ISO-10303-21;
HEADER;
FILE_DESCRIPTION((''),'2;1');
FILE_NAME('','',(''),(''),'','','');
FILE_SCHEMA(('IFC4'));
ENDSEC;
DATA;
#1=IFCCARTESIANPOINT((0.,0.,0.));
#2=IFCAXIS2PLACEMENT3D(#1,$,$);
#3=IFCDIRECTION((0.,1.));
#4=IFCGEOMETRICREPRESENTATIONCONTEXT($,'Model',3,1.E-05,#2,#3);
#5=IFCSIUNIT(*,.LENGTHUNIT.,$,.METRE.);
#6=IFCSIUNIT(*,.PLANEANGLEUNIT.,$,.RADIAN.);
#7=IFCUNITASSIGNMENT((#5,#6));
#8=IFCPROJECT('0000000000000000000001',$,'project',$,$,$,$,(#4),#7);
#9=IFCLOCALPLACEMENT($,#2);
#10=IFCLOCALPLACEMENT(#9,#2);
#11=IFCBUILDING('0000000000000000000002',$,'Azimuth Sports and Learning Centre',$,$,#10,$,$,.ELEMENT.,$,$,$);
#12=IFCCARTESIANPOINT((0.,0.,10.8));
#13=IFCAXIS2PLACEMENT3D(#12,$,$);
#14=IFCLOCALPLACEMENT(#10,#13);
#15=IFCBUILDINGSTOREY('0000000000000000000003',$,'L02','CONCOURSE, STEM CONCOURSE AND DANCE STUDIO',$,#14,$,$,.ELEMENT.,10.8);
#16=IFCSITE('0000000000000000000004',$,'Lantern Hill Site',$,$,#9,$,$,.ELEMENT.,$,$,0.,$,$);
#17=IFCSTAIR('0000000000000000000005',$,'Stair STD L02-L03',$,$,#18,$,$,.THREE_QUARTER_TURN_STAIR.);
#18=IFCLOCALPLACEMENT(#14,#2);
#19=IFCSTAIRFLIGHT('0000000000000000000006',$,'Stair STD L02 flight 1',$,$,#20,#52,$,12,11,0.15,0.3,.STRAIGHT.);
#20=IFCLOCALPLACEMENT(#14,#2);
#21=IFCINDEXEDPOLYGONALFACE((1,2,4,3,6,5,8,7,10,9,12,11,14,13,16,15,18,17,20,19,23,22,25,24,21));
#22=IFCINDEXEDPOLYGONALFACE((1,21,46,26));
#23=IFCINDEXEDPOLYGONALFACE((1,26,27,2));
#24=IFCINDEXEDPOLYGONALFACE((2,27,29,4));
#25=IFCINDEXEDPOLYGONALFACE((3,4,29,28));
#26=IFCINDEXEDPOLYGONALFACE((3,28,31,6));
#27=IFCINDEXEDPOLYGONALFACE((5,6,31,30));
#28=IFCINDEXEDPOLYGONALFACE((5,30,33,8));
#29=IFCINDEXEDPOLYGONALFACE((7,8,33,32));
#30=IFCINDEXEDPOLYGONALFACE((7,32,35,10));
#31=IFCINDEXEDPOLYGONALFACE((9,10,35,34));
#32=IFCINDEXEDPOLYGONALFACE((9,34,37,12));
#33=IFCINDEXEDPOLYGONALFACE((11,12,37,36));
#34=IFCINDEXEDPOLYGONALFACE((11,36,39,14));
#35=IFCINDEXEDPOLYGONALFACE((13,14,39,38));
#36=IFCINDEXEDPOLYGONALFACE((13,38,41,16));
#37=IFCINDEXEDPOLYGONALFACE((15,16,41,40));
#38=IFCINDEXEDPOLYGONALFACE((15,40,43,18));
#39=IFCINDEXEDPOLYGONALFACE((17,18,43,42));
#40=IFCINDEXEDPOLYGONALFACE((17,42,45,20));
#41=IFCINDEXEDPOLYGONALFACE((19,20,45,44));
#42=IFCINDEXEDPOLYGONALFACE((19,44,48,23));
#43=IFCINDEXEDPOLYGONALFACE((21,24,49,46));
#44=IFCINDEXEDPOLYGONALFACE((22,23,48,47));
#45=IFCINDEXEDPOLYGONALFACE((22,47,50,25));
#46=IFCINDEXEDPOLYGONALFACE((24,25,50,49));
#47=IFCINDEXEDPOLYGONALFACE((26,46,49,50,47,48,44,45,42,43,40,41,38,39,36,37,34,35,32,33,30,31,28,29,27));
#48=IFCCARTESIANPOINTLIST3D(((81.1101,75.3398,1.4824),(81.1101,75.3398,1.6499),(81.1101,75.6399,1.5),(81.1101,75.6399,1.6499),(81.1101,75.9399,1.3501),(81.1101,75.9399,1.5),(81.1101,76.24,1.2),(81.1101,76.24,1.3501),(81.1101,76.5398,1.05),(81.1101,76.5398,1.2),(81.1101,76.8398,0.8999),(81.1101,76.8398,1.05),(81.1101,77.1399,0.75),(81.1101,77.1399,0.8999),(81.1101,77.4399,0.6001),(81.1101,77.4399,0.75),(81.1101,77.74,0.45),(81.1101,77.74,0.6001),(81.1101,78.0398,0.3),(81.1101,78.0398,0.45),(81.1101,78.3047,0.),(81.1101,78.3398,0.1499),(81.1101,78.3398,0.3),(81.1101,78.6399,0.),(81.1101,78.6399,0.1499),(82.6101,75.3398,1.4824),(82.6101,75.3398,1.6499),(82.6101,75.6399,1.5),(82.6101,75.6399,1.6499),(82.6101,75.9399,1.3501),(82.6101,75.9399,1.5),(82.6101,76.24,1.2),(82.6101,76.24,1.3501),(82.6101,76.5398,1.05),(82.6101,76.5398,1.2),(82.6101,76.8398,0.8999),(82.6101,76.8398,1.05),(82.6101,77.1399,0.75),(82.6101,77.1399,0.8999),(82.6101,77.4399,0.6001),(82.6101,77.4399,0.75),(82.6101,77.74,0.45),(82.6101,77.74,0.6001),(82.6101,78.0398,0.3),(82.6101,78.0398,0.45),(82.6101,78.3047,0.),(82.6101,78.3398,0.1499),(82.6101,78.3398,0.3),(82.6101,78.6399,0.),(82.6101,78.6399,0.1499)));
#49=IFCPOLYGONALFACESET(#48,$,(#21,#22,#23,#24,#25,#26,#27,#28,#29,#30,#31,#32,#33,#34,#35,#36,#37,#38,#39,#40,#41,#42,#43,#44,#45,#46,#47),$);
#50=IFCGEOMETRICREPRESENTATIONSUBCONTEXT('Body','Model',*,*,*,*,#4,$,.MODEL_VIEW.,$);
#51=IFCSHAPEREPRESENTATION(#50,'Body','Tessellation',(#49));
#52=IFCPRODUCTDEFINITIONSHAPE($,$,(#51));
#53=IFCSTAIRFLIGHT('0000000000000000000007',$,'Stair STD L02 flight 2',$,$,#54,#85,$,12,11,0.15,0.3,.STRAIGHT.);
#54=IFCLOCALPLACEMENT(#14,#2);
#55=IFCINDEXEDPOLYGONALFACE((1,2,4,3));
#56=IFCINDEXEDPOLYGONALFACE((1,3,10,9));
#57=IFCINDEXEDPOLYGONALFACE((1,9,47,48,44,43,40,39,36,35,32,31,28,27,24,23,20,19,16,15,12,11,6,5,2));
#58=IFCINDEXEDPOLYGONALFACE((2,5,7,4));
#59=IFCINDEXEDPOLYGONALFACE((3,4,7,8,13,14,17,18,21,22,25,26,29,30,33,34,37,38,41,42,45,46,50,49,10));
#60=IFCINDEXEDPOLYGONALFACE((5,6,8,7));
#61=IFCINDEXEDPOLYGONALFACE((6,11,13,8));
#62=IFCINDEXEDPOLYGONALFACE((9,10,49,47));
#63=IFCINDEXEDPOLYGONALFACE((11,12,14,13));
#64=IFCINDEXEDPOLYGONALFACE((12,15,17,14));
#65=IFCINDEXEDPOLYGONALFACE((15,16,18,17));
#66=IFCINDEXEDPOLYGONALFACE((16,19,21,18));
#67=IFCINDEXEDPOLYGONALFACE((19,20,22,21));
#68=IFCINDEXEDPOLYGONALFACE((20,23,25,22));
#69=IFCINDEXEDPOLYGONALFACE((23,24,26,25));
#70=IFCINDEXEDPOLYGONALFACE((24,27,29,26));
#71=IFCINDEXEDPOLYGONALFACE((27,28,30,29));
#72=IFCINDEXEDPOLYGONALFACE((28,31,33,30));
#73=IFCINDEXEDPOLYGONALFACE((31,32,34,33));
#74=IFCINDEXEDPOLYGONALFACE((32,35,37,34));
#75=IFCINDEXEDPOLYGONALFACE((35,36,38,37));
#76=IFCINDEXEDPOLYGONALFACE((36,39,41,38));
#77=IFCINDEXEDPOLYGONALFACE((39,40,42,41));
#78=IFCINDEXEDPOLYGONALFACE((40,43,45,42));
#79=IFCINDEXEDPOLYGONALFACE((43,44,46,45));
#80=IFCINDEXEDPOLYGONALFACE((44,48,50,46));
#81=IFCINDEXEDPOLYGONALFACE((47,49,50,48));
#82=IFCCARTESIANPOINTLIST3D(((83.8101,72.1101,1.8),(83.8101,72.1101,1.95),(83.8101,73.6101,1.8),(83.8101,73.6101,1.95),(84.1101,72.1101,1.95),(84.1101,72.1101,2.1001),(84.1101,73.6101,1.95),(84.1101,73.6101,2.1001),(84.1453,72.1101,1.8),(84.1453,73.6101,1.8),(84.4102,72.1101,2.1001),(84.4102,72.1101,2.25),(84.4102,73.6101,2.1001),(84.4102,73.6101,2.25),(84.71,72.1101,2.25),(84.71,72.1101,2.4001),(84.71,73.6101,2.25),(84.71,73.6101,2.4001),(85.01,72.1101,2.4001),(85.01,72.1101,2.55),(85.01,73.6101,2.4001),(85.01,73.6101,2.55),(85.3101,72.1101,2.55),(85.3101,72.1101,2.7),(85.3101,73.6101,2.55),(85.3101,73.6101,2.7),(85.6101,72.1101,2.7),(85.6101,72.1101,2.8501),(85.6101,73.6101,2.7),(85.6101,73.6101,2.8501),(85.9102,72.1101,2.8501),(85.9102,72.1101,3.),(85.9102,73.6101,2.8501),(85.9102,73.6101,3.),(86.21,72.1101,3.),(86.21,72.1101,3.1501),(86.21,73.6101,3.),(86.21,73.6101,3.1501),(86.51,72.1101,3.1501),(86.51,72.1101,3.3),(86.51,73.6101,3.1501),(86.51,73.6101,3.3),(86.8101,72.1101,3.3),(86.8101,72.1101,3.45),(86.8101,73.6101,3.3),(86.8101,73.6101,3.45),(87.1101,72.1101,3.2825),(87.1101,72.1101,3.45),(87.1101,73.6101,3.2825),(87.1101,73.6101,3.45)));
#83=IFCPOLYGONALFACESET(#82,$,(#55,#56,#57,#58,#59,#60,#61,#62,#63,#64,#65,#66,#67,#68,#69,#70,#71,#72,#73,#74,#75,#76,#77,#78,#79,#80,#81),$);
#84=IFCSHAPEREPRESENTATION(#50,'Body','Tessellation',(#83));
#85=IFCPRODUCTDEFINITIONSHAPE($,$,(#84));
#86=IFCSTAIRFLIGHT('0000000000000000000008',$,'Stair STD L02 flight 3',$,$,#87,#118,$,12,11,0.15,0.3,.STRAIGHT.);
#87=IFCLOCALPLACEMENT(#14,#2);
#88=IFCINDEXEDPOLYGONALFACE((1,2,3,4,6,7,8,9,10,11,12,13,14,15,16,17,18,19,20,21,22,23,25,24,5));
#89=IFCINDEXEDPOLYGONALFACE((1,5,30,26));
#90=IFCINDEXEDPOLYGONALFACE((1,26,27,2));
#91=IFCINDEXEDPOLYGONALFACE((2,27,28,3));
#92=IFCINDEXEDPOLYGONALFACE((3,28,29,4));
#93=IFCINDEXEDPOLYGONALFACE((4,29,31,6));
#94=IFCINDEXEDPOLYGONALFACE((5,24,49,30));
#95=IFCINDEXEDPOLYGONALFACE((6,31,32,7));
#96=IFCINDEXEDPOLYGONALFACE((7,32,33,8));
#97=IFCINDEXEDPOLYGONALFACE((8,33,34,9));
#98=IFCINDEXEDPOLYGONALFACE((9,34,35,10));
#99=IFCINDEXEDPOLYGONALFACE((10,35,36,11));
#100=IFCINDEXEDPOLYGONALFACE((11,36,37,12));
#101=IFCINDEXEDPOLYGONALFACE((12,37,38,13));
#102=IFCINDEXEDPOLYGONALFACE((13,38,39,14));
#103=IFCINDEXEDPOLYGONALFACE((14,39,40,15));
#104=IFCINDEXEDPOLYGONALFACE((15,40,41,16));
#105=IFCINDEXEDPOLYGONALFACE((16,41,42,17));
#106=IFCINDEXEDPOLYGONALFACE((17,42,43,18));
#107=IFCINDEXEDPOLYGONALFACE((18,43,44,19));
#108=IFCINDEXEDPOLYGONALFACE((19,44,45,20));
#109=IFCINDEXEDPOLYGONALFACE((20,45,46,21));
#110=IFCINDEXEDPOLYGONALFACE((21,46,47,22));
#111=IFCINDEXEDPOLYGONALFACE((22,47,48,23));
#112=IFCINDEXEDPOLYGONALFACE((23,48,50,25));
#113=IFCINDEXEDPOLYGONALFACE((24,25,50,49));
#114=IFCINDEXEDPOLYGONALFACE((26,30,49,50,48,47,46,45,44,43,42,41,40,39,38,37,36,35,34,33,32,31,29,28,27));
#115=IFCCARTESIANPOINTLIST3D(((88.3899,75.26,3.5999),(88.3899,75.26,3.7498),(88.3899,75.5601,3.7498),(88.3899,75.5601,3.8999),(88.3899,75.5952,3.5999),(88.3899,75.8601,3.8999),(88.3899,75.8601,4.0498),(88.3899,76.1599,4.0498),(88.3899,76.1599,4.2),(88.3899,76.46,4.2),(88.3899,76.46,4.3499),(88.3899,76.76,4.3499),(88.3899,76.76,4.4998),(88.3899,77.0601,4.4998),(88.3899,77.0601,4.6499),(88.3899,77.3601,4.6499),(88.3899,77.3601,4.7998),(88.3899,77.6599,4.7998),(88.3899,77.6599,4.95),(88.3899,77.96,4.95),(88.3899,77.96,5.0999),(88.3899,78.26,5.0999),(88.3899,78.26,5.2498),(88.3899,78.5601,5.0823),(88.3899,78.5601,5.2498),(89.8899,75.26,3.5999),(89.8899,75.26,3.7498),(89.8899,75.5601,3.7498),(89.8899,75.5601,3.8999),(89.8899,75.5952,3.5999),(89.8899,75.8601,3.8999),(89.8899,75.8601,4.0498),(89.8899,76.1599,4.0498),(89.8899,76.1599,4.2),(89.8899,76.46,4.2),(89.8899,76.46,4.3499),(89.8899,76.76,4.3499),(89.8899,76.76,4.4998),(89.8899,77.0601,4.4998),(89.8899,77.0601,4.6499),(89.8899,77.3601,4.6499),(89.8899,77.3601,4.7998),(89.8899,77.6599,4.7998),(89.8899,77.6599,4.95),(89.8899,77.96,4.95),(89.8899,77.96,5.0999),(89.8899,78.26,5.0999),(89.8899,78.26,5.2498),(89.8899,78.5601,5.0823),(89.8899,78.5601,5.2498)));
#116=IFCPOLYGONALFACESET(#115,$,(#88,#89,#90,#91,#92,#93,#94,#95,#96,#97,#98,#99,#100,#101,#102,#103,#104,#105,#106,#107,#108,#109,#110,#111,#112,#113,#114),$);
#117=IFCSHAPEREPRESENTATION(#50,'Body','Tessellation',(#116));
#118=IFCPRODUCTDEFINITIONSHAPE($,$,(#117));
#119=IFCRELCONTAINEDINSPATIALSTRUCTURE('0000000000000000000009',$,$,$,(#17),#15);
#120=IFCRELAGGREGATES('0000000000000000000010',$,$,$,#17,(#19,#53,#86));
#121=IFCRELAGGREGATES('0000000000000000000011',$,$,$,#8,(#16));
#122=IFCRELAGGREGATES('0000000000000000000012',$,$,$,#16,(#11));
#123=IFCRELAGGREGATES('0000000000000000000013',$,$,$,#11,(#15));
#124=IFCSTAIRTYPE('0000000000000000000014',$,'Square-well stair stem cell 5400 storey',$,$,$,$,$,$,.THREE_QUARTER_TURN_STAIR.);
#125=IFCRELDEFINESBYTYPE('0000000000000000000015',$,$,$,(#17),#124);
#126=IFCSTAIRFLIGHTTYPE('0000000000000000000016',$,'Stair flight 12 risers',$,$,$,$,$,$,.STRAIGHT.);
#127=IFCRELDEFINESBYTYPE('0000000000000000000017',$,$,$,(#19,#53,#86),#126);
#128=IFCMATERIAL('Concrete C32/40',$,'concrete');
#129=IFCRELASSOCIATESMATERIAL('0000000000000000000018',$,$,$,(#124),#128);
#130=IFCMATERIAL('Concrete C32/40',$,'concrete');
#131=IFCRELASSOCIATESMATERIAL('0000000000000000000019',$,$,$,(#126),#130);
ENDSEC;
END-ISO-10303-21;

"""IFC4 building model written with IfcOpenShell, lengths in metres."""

from ifc_helpers import new_model, si_unit, direction, frame, origin, place, context, subcontext, project, spatial, polyline, outline, extrude, material, type_object, element, aggregate, save


model = new_model("IFC4")

# Units and contexts
model_context = context("Model", 3, precision=1e-05, world=origin(), true_north=direction((0.0, 1.0)))
body_context = subcontext(model_context, "Body", "Model", "MODEL_VIEW")
ifc_project = project(units=[si_unit("LENGTHUNIT", "METRE"), si_unit("PLANEANGLEUNIT", "RADIAN")], contexts=[model_context])

# Site, building, storey
site_placement = place(None, origin())
site = spatial("IfcSite", under=ifc_project, at=site_placement, Name="Lantern Hill Site", CompositionType="ELEMENT", RefElevation=0.0)
building_placement = place(site_placement, origin())
building = spatial("IfcBuilding", under=site, at=building_placement, Name="Azimuth Sports and Learning Centre", CompositionType="ELEMENT")
storey_placement = place(building_placement, frame((0.0, 0.0, 10.8)))
storey = spatial("IfcBuildingStorey", under=building, at=storey_placement, Name="L02", Description="CONCOURSE, STEM CONCOURSE AND DANCE STUDIO", CompositionType="ELEMENT", Elevation=10.8)

# Stair, stair flights
ifc_material_1 = material(Name="Concrete C32/40", Category="concrete")
stair_type = type_object("IfcStairType", Name="Square-well stair stem cell 5400 storey", PredefinedType="THREE_QUARTER_TURN_STAIR", material=ifc_material_1)
stair_placement = place(storey_placement, origin())
stair = element("IfcStair", 1, at=stair_placement, inside=storey, type_object=stair_type, Name="Stair STD L02-L03", PredefinedType="THREE_QUARTER_TURN_STAIR")
ifc_material_2 = material(Name="Concrete C32/40", Category="concrete")
stair_flight_type = type_object("IfcStairFlightType", Name="Stair flight 12 risers", PredefinedType="STRAIGHT", material=ifc_material_2)
stair_flight_1_placement = place(storey_placement, frame((81.8601, 78.6399, 0.0), z_axis=(0.0, 0.0, 1.0), x_axis=(0.0, -1.0, 0.0)))
stair_flight_1 = element("IfcStairFlight", 2, at=stair_flight_1_placement, type_object=stair_flight_type, Name="Stair STD L02 flight 1", NumberOfRisers=12, NumberOfTreads=11, PredefinedType="STRAIGHT", RiserHeight=0.15, TreadLength=0.3, context=body_context, shape_type="SweptSolid", body=[
    extrude(outline(polyline([(0.0, 0.0), (0.0, 0.1499), (0.3, 0.1499), (0.3, 0.3), (0.6001, 0.3), (0.6001, 0.45), (0.8999, 0.45), (0.8999, 0.6001), (1.2, 0.6001), (1.2, 0.75), (1.5, 0.75), (1.5, 0.8999), (1.8, 0.8999), (1.8, 1.05), (2.1001, 1.05), (2.1001, 1.2), (2.3999, 1.2), (2.3999, 1.3501), (2.7, 1.3501), (2.7, 1.5), (3.0, 1.5), (3.0, 1.6499), (3.3, 1.6499), (3.3, 1.8), (3.3, 1.4824), (0.3352, 0.0), (0.0, 0.0)])), frame((0.0, 0.75, 0.0), z_axis=(0.0, -1.0, 0.0), x_axis=(1.0, 0.0, 0.0)), (0.0, 0.0, 1.0), 1.5),
])
stair_flight_2_placement = place(storey_placement, frame((83.8101, 72.8601, 1.8), z_axis=(0.0, 0.0, 1.0), x_axis=(1.0, 0.0, 0.0)))
stair_flight_2 = element("IfcStairFlight", 3, at=stair_flight_2_placement, type_object=stair_flight_type, Name="Stair STD L02 flight 2", NumberOfRisers=12, NumberOfTreads=11, PredefinedType="STRAIGHT", RiserHeight=0.15, TreadLength=0.3, context=body_context, shape_type="SweptSolid", body=[
    extrude(outline(polyline([(0.0, 0.0), (0.0, 0.1499), (0.3, 0.1499), (0.3, 0.3), (0.6001, 0.3), (0.6001, 0.45), (0.8999, 0.45), (0.8999, 0.6001), (1.2, 0.6001), (1.2, 0.75), (1.5, 0.75), (1.5, 0.8999), (1.8, 0.8999), (1.8, 1.05), (2.1001, 1.05), (2.1001, 1.2), (2.3999, 1.2), (2.3999, 1.3501), (2.7, 1.3501), (2.7, 1.5), (3.0, 1.5), (3.0, 1.6499), (3.3, 1.6499), (3.3, 1.8), (3.3, 1.4824), (0.3352, 0.0), (0.0, 0.0)])), frame((0.0, 0.75, 0.0), z_axis=(0.0, -1.0, 0.0), x_axis=(1.0, 0.0, 0.0)), (0.0, 0.0, 1.0), 1.5),
])
stair_flight_3_placement = place(storey_placement, frame((89.1399, 75.26, 3.5999), z_axis=(0.0, 0.0, 1.0), x_axis=(0.0, 1.0, 0.0)))
stair_flight_3 = element("IfcStairFlight", 4, at=stair_flight_3_placement, type_object=stair_flight_type, Name="Stair STD L02 flight 3", NumberOfRisers=12, NumberOfTreads=11, PredefinedType="STRAIGHT", RiserHeight=0.15, TreadLength=0.3, context=body_context, shape_type="SweptSolid", body=[
    extrude(outline(polyline([(0.0, 0.0), (0.0, 0.1499), (0.3, 0.1499), (0.3, 0.3), (0.6001, 0.3), (0.6001, 0.45), (0.8999, 0.45), (0.8999, 0.6001), (1.2, 0.6001), (1.2, 0.75), (1.5, 0.75), (1.5, 0.8999), (1.8, 0.8999), (1.8, 1.05), (2.1001, 1.05), (2.1001, 1.2), (2.3999, 1.2), (2.3999, 1.3501), (2.7, 1.3501), (2.7, 1.5), (3.0, 1.5), (3.0, 1.6499), (3.3, 1.6499), (3.3, 1.8), (3.3, 1.4824), (0.3352, 0.0), (0.0, 0.0)])), frame((0.0, 0.75, 0.0), z_axis=(0.0, -1.0, 0.0), x_axis=(1.0, 0.0, 0.0)), (0.0, 0.0, 1.0), 1.5),
])
aggregate(stair, [stair_flight_1, stair_flight_2, stair_flight_3])

save(model, "model.ifc")
